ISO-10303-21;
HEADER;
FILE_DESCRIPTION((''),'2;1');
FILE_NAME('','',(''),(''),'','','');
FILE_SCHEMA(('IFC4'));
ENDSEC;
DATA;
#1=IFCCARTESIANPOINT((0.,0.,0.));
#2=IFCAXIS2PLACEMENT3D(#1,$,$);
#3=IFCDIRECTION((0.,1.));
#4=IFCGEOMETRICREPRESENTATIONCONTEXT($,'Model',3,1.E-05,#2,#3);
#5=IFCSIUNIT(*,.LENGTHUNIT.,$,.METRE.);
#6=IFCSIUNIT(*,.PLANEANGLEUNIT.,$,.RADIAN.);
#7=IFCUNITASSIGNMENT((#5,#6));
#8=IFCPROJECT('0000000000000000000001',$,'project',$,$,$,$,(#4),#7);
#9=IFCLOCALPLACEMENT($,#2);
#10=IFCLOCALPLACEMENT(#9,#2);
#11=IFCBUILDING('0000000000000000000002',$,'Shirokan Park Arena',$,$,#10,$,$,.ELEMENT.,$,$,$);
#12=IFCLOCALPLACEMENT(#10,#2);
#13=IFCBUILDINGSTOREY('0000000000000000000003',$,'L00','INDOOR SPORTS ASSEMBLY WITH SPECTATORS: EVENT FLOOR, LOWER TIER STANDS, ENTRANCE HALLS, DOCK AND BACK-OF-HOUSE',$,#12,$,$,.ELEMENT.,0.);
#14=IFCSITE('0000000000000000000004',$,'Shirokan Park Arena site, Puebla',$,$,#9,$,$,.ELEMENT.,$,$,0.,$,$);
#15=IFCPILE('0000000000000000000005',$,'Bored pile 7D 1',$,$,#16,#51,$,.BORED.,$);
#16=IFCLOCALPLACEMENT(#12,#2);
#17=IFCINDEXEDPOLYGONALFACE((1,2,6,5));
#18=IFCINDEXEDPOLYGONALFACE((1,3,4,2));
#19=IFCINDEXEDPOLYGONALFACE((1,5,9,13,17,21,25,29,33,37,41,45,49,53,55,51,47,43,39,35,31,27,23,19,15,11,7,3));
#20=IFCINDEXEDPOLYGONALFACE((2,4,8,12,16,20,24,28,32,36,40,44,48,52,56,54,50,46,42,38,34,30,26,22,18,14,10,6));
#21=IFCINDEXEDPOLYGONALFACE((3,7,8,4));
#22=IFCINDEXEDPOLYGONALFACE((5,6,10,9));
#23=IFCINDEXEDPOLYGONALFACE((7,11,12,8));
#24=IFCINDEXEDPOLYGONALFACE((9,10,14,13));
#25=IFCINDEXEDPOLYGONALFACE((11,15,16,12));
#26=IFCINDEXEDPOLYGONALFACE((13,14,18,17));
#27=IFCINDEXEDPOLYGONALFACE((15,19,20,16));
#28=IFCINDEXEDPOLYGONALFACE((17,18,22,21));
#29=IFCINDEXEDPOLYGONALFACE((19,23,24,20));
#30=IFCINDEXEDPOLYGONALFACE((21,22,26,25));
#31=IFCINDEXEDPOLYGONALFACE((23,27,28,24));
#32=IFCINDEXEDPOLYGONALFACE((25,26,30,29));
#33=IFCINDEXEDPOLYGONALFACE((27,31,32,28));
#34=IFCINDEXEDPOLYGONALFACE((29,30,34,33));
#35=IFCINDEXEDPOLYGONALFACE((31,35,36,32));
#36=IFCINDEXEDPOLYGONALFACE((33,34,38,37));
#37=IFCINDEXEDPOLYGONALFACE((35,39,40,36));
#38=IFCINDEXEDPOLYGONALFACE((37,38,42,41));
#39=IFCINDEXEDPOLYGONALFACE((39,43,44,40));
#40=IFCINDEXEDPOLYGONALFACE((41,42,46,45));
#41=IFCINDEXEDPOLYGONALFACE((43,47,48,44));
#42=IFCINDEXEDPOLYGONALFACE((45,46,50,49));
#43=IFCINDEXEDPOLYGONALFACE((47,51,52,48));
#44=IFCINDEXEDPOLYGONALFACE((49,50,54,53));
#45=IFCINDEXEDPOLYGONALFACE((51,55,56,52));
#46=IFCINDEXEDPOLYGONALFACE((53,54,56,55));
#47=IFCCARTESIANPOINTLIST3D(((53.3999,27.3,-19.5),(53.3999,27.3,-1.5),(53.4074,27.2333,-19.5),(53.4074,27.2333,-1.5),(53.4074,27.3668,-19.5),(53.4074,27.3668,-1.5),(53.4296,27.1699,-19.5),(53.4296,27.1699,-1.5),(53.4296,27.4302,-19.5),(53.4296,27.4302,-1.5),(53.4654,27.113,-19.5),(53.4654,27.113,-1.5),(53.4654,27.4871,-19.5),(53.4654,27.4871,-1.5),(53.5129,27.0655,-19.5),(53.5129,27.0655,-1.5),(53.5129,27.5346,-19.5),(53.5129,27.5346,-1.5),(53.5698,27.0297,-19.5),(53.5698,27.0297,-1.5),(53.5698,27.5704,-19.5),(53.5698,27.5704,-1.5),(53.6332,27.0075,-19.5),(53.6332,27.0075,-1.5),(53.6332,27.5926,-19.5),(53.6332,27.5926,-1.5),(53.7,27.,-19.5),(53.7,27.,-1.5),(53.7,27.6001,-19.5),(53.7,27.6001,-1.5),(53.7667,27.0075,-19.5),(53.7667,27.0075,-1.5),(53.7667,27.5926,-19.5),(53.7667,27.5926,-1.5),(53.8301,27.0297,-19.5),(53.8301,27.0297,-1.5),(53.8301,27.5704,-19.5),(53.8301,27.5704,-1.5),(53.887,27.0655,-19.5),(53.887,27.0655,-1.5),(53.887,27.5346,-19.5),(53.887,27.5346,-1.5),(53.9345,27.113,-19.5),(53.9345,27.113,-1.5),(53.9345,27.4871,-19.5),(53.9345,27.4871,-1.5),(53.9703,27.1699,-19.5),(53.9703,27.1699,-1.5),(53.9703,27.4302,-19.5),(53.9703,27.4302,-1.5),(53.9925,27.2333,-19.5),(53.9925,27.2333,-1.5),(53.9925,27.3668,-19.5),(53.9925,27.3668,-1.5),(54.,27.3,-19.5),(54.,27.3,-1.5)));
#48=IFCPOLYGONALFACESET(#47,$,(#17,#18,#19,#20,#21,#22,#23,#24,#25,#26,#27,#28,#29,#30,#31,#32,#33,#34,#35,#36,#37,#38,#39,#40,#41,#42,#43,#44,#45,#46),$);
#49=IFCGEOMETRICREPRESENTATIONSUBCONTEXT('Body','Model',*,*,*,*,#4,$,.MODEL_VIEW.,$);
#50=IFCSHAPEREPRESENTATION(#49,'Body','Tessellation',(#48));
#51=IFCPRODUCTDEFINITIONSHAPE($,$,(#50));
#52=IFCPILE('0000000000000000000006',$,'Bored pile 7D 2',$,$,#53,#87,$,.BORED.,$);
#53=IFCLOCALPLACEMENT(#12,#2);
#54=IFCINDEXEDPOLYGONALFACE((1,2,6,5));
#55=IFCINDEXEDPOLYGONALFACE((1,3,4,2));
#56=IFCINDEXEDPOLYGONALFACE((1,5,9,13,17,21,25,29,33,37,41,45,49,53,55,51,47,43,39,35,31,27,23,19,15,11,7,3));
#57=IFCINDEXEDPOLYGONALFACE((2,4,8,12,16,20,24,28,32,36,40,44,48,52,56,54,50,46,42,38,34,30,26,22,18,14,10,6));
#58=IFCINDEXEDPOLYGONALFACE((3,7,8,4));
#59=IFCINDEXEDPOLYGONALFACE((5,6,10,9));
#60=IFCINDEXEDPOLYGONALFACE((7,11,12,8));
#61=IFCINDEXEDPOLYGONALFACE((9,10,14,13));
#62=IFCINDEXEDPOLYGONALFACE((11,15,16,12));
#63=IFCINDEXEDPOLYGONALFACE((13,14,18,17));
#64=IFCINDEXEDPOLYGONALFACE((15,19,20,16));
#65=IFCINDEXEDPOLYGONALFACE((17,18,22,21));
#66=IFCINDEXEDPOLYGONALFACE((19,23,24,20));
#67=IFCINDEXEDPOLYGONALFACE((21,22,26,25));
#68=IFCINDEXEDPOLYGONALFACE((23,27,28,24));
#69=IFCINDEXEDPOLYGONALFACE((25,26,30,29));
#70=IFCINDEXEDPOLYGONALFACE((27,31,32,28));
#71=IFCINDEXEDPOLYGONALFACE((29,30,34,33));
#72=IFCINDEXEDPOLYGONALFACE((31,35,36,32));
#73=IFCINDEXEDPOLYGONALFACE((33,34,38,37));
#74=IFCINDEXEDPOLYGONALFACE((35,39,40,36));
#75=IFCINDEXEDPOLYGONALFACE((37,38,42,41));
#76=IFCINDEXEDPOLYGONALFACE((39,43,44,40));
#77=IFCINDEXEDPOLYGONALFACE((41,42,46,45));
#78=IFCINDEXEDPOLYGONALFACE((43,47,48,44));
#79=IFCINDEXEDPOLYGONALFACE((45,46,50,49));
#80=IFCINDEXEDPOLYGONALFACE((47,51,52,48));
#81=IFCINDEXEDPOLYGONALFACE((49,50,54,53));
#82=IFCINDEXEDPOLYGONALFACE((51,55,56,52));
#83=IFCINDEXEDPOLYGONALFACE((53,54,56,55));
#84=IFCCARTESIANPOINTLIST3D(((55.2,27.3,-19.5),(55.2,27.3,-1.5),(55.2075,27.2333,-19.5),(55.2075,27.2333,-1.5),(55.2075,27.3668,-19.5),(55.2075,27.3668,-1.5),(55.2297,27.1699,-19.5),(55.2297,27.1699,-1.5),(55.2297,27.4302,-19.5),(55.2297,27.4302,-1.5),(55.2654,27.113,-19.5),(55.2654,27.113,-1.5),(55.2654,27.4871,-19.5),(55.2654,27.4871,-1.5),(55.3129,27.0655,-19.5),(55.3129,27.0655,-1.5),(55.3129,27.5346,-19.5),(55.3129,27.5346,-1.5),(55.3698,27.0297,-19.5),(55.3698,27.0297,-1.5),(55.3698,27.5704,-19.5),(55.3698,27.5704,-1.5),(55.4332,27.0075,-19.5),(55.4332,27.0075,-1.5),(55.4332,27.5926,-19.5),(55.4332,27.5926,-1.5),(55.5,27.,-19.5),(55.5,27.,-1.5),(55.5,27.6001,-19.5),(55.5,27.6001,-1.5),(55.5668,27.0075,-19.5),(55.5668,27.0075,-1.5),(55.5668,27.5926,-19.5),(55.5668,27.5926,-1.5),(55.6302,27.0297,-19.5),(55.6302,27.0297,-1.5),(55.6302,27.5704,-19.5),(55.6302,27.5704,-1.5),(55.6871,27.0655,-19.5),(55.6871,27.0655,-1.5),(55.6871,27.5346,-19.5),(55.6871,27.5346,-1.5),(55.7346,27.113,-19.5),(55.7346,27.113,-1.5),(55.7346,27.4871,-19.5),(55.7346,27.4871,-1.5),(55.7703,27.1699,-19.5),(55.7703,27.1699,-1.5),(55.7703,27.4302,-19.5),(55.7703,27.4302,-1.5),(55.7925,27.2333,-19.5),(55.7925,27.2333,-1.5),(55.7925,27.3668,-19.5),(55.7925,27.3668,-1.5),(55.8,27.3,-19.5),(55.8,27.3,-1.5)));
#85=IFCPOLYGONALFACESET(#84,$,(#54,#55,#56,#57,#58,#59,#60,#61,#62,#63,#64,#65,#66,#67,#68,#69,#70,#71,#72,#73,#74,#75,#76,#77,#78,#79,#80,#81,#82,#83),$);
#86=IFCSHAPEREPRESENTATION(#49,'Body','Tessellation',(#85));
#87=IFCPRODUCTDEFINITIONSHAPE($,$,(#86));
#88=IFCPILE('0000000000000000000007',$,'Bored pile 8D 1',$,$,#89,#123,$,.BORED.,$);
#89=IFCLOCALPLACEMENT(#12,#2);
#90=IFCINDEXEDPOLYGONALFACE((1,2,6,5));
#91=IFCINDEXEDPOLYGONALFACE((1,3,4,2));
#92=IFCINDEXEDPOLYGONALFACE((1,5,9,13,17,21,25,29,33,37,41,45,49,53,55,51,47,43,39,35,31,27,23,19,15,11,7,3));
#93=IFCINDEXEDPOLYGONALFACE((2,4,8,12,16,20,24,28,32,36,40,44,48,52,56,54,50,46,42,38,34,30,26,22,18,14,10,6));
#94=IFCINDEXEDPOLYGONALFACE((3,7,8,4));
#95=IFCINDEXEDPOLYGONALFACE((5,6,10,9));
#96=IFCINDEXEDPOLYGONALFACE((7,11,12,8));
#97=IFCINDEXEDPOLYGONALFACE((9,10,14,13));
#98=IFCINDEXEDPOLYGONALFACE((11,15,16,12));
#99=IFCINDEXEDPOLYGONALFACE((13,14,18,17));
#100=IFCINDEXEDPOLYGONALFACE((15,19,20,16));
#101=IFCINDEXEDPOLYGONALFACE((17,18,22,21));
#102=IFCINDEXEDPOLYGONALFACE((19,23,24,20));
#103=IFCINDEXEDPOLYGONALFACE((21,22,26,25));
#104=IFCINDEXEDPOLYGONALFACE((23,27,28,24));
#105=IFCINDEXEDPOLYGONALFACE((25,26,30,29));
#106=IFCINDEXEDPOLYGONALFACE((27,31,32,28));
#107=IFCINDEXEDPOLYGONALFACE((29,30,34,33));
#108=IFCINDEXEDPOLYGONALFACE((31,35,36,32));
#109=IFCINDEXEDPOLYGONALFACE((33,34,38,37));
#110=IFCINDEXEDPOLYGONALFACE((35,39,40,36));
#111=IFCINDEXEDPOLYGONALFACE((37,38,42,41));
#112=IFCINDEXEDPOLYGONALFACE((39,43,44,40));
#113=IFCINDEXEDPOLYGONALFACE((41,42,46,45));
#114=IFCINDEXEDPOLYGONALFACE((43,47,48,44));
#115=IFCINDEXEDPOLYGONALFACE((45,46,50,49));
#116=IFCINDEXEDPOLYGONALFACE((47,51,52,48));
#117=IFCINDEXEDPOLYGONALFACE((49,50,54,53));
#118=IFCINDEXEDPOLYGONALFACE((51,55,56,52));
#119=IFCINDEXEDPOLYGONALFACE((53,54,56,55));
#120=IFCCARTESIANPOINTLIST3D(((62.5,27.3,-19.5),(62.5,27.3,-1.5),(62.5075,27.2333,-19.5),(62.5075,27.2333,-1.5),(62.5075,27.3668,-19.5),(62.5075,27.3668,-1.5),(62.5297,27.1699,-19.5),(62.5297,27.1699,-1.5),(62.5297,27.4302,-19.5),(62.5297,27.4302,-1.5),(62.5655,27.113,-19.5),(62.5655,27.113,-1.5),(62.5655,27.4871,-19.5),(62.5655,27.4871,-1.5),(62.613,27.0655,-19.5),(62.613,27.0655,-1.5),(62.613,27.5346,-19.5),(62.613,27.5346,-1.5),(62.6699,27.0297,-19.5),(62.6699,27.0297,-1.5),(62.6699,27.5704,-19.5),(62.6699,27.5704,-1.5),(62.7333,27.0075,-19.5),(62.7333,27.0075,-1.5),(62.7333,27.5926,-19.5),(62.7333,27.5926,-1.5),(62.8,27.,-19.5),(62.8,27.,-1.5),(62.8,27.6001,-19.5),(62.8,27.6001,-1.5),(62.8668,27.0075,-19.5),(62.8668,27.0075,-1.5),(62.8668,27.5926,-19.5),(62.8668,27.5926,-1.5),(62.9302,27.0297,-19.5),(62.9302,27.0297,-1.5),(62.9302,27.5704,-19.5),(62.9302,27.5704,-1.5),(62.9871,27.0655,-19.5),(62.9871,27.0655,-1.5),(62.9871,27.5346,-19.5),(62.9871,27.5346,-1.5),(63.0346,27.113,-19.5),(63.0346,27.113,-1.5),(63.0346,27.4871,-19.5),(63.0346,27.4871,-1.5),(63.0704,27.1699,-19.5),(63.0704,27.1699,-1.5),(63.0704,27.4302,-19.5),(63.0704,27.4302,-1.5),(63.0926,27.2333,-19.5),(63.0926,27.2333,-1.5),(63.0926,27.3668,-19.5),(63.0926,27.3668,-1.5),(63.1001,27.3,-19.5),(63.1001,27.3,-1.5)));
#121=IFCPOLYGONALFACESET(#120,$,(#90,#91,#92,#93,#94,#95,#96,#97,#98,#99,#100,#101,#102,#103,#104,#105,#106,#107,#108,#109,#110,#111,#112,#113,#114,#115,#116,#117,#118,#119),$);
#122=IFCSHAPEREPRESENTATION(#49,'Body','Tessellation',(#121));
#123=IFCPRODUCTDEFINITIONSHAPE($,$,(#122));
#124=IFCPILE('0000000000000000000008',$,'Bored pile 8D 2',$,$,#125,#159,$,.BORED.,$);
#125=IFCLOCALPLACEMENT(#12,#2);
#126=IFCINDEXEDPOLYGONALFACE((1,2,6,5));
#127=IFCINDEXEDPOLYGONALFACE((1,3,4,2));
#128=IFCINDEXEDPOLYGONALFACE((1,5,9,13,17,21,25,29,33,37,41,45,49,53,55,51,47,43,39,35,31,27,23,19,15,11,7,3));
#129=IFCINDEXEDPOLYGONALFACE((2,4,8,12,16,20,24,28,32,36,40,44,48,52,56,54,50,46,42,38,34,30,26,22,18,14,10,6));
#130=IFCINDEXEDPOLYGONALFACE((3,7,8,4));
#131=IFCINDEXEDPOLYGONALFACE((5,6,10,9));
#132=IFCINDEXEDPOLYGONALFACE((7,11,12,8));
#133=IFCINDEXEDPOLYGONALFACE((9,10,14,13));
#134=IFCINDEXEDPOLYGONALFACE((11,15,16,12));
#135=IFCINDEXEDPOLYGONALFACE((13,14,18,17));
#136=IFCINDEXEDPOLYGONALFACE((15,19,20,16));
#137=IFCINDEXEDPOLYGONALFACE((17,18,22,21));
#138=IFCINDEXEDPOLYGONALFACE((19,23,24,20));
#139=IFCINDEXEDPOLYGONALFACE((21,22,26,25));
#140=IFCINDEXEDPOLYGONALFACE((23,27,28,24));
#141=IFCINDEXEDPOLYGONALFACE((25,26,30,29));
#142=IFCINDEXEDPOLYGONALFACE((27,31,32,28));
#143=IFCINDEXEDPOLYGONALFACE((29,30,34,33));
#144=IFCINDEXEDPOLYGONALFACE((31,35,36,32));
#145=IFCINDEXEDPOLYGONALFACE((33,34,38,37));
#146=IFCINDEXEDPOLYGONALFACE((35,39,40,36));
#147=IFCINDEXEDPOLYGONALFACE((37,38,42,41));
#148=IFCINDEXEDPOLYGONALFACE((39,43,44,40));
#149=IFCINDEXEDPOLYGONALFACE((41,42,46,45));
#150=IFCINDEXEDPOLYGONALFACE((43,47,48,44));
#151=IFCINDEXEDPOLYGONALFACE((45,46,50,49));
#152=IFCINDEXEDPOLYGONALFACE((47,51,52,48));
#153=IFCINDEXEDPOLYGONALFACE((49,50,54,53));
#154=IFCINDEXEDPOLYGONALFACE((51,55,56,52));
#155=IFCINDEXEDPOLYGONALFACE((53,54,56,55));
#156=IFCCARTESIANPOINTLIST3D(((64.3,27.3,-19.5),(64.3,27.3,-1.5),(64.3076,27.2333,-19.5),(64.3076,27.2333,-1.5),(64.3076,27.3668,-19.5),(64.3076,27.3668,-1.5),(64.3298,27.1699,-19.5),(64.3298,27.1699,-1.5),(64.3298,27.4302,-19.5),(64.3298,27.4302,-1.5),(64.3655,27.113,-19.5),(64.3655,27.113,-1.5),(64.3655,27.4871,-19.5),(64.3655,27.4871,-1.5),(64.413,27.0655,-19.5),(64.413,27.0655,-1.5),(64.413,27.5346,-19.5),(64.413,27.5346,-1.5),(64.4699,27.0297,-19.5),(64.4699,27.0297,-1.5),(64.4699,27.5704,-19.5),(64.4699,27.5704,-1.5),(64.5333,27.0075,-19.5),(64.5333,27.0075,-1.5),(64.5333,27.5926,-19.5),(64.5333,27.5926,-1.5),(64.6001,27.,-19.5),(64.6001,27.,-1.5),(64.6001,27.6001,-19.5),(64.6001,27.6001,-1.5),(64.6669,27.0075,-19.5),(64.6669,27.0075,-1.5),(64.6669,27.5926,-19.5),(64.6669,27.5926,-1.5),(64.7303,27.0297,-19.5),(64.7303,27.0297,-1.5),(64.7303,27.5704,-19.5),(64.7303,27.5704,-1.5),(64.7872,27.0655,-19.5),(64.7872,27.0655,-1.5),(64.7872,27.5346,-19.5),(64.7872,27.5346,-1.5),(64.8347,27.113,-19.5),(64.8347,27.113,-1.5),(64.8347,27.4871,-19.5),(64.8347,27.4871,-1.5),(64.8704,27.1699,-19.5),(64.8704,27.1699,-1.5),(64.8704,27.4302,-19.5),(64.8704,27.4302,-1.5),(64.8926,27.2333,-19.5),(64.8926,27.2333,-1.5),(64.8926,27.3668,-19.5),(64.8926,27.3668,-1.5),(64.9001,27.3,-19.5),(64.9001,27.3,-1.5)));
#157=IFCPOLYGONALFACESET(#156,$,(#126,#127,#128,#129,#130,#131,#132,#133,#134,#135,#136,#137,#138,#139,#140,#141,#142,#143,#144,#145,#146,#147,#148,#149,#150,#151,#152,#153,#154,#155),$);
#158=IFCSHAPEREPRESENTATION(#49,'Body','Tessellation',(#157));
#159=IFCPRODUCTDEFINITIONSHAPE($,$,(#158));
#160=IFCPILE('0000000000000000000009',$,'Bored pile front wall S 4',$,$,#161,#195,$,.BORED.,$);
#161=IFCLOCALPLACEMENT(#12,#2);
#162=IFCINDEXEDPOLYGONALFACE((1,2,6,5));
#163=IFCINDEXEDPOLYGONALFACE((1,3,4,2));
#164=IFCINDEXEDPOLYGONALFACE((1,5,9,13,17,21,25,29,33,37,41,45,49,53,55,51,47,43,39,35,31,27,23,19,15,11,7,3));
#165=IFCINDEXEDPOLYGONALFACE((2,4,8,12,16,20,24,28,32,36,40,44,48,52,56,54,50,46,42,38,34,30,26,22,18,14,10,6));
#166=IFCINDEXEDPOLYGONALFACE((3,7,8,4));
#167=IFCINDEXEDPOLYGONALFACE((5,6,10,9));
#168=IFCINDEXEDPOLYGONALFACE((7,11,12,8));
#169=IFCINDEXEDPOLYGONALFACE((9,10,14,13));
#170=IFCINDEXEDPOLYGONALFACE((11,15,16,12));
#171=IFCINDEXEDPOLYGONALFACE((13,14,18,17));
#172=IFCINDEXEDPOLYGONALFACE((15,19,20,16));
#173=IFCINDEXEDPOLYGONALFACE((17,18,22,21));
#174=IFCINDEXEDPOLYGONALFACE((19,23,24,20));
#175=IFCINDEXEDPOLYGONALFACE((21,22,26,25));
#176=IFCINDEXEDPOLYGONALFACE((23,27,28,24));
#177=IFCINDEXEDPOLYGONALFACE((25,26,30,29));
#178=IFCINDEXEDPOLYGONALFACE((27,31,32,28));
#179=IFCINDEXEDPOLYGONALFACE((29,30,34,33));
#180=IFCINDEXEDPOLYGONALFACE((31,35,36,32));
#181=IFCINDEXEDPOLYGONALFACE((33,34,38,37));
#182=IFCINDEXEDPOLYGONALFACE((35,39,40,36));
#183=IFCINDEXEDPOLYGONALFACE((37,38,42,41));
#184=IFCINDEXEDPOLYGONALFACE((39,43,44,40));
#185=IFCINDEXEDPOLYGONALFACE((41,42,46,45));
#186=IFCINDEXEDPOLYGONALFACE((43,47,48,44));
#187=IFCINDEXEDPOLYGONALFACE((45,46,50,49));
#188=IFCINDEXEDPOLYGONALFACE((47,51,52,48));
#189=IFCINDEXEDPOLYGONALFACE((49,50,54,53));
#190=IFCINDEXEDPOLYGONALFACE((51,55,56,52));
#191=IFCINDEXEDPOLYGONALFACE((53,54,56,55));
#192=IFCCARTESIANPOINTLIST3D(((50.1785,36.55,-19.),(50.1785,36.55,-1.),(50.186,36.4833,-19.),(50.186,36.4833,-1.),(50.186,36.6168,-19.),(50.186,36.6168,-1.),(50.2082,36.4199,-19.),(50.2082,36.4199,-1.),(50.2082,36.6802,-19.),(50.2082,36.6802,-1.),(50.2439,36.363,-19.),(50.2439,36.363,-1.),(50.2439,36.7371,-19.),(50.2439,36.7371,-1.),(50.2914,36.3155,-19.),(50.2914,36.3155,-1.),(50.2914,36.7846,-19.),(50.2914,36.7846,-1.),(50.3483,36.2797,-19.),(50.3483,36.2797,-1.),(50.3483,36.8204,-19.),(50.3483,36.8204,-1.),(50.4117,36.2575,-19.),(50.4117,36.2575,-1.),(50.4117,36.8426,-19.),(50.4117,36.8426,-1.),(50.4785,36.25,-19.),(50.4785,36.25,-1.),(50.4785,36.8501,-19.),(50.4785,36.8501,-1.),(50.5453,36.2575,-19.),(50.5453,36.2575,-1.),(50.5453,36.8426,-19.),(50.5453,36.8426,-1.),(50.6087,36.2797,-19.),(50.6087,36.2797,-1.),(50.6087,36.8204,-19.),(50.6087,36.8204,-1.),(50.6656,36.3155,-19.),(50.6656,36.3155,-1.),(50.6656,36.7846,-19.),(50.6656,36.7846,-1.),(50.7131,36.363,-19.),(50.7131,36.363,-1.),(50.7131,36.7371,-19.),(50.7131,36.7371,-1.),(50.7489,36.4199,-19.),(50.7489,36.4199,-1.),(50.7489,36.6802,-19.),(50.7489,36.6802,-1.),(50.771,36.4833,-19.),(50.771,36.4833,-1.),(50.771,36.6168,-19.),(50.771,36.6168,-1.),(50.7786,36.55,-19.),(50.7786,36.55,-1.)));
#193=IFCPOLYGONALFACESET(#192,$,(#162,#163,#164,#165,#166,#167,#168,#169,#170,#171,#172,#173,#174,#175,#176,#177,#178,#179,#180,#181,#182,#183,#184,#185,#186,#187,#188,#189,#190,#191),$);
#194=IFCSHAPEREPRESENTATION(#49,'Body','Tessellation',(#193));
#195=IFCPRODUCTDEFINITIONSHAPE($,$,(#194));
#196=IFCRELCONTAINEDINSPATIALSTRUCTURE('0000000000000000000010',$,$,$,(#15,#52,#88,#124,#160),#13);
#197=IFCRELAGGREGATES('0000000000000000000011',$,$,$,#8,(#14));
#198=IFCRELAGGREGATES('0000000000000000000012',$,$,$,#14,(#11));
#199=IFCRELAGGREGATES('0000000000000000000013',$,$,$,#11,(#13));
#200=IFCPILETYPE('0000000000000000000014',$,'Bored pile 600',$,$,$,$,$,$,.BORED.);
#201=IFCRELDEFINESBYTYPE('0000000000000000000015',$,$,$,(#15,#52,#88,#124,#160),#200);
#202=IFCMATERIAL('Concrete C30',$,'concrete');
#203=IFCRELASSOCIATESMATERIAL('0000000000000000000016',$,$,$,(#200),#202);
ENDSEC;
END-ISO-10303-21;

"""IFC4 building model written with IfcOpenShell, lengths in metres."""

from ifc_helpers import new_model, si_unit, direction, frame, origin, origin_2d, place, context, subcontext, project, spatial, circle, extrude, material, material_profile, profile_set, type_object, element, save


model = new_model("IFC4")

# Units and contexts
model_context = context("Model", 3, precision=1e-05, world=origin(), true_north=direction((0.0, 1.0)))
body_context = subcontext(model_context, "Body", "Model", "MODEL_VIEW")
ifc_project = project(units=[si_unit("LENGTHUNIT", "METRE"), si_unit("PLANEANGLEUNIT", "RADIAN")], contexts=[model_context])

# Site, building, storey
site_placement = place(None, origin())
site = spatial("IfcSite", under=ifc_project, at=site_placement, Name="Shirokan Park Arena site, Puebla", CompositionType="ELEMENT", RefElevation=0.0)
building_placement = place(site_placement, origin())
building = spatial("IfcBuilding", under=site, at=building_placement, Name="Shirokan Park Arena", CompositionType="ELEMENT")
storey_placement = place(building_placement, origin())
storey = spatial("IfcBuildingStorey", under=building, at=storey_placement, Name="L00", Description="INDOOR SPORTS ASSEMBLY WITH SPECTATORS: EVENT FLOOR, LOWER TIER STANDS, ENTRANCE HALLS, DOCK AND BACK-OF-HOUSE", CompositionType="ELEMENT", Elevation=0.0)

# Piles
ifc_material_1 = material(Name="Concrete C30", Category="concrete")
ifc_material_profile_1 = material_profile(ifc_material_1, circle(Radius=0.3, at=origin_2d()), Name="D600")
ifc_profile_set_1 = profile_set([ifc_material_profile_1], Name="Concrete C30")
pile_type = type_object("IfcPileType", Name="Bored pile 600", PredefinedType="BORED", material=ifc_profile_set_1)
for number, where, z_axis, x_axis, name in (
    (1, (53.7, 27.3, -1.5), (0.0, 0.0, -1.0), (1.0, 0.0, 0.0), "Bored pile 7D 1"),
    (2, (55.5, 27.3, -1.5), (0.0, 0.0, -1.0), (1.0, 0.0, 0.0), "Bored pile 7D 2"),
    (3, (62.8, 27.3, -1.5), (0.0, 0.0, -1.0), (1.0, 0.0, 0.0), "Bored pile 8D 1"),
    (4, (64.6001, 27.3, -1.5), (0.0, 0.0, -1.0), (1.0, 0.0, 0.0), "Bored pile 8D 2"),
    (5, (50.4785, 36.55, -1.0), (0.0, 0.0, -1.0), (1.0, 0.0, 0.0), "Bored pile front wall S 4"),
):
    element("IfcPile", number, at=place(storey_placement, frame(where, z_axis=z_axis, x_axis=x_axis)), inside=storey, type_object=pile_type, Name=name, PredefinedType="BORED", context=body_context, shape_type="SweptSolid", body=[
        extrude(circle(Radius=0.3, at=origin_2d()), origin(), (0.0, 0.0, 1.0), 18.0),
    ])

save(model, "model.ifc")
